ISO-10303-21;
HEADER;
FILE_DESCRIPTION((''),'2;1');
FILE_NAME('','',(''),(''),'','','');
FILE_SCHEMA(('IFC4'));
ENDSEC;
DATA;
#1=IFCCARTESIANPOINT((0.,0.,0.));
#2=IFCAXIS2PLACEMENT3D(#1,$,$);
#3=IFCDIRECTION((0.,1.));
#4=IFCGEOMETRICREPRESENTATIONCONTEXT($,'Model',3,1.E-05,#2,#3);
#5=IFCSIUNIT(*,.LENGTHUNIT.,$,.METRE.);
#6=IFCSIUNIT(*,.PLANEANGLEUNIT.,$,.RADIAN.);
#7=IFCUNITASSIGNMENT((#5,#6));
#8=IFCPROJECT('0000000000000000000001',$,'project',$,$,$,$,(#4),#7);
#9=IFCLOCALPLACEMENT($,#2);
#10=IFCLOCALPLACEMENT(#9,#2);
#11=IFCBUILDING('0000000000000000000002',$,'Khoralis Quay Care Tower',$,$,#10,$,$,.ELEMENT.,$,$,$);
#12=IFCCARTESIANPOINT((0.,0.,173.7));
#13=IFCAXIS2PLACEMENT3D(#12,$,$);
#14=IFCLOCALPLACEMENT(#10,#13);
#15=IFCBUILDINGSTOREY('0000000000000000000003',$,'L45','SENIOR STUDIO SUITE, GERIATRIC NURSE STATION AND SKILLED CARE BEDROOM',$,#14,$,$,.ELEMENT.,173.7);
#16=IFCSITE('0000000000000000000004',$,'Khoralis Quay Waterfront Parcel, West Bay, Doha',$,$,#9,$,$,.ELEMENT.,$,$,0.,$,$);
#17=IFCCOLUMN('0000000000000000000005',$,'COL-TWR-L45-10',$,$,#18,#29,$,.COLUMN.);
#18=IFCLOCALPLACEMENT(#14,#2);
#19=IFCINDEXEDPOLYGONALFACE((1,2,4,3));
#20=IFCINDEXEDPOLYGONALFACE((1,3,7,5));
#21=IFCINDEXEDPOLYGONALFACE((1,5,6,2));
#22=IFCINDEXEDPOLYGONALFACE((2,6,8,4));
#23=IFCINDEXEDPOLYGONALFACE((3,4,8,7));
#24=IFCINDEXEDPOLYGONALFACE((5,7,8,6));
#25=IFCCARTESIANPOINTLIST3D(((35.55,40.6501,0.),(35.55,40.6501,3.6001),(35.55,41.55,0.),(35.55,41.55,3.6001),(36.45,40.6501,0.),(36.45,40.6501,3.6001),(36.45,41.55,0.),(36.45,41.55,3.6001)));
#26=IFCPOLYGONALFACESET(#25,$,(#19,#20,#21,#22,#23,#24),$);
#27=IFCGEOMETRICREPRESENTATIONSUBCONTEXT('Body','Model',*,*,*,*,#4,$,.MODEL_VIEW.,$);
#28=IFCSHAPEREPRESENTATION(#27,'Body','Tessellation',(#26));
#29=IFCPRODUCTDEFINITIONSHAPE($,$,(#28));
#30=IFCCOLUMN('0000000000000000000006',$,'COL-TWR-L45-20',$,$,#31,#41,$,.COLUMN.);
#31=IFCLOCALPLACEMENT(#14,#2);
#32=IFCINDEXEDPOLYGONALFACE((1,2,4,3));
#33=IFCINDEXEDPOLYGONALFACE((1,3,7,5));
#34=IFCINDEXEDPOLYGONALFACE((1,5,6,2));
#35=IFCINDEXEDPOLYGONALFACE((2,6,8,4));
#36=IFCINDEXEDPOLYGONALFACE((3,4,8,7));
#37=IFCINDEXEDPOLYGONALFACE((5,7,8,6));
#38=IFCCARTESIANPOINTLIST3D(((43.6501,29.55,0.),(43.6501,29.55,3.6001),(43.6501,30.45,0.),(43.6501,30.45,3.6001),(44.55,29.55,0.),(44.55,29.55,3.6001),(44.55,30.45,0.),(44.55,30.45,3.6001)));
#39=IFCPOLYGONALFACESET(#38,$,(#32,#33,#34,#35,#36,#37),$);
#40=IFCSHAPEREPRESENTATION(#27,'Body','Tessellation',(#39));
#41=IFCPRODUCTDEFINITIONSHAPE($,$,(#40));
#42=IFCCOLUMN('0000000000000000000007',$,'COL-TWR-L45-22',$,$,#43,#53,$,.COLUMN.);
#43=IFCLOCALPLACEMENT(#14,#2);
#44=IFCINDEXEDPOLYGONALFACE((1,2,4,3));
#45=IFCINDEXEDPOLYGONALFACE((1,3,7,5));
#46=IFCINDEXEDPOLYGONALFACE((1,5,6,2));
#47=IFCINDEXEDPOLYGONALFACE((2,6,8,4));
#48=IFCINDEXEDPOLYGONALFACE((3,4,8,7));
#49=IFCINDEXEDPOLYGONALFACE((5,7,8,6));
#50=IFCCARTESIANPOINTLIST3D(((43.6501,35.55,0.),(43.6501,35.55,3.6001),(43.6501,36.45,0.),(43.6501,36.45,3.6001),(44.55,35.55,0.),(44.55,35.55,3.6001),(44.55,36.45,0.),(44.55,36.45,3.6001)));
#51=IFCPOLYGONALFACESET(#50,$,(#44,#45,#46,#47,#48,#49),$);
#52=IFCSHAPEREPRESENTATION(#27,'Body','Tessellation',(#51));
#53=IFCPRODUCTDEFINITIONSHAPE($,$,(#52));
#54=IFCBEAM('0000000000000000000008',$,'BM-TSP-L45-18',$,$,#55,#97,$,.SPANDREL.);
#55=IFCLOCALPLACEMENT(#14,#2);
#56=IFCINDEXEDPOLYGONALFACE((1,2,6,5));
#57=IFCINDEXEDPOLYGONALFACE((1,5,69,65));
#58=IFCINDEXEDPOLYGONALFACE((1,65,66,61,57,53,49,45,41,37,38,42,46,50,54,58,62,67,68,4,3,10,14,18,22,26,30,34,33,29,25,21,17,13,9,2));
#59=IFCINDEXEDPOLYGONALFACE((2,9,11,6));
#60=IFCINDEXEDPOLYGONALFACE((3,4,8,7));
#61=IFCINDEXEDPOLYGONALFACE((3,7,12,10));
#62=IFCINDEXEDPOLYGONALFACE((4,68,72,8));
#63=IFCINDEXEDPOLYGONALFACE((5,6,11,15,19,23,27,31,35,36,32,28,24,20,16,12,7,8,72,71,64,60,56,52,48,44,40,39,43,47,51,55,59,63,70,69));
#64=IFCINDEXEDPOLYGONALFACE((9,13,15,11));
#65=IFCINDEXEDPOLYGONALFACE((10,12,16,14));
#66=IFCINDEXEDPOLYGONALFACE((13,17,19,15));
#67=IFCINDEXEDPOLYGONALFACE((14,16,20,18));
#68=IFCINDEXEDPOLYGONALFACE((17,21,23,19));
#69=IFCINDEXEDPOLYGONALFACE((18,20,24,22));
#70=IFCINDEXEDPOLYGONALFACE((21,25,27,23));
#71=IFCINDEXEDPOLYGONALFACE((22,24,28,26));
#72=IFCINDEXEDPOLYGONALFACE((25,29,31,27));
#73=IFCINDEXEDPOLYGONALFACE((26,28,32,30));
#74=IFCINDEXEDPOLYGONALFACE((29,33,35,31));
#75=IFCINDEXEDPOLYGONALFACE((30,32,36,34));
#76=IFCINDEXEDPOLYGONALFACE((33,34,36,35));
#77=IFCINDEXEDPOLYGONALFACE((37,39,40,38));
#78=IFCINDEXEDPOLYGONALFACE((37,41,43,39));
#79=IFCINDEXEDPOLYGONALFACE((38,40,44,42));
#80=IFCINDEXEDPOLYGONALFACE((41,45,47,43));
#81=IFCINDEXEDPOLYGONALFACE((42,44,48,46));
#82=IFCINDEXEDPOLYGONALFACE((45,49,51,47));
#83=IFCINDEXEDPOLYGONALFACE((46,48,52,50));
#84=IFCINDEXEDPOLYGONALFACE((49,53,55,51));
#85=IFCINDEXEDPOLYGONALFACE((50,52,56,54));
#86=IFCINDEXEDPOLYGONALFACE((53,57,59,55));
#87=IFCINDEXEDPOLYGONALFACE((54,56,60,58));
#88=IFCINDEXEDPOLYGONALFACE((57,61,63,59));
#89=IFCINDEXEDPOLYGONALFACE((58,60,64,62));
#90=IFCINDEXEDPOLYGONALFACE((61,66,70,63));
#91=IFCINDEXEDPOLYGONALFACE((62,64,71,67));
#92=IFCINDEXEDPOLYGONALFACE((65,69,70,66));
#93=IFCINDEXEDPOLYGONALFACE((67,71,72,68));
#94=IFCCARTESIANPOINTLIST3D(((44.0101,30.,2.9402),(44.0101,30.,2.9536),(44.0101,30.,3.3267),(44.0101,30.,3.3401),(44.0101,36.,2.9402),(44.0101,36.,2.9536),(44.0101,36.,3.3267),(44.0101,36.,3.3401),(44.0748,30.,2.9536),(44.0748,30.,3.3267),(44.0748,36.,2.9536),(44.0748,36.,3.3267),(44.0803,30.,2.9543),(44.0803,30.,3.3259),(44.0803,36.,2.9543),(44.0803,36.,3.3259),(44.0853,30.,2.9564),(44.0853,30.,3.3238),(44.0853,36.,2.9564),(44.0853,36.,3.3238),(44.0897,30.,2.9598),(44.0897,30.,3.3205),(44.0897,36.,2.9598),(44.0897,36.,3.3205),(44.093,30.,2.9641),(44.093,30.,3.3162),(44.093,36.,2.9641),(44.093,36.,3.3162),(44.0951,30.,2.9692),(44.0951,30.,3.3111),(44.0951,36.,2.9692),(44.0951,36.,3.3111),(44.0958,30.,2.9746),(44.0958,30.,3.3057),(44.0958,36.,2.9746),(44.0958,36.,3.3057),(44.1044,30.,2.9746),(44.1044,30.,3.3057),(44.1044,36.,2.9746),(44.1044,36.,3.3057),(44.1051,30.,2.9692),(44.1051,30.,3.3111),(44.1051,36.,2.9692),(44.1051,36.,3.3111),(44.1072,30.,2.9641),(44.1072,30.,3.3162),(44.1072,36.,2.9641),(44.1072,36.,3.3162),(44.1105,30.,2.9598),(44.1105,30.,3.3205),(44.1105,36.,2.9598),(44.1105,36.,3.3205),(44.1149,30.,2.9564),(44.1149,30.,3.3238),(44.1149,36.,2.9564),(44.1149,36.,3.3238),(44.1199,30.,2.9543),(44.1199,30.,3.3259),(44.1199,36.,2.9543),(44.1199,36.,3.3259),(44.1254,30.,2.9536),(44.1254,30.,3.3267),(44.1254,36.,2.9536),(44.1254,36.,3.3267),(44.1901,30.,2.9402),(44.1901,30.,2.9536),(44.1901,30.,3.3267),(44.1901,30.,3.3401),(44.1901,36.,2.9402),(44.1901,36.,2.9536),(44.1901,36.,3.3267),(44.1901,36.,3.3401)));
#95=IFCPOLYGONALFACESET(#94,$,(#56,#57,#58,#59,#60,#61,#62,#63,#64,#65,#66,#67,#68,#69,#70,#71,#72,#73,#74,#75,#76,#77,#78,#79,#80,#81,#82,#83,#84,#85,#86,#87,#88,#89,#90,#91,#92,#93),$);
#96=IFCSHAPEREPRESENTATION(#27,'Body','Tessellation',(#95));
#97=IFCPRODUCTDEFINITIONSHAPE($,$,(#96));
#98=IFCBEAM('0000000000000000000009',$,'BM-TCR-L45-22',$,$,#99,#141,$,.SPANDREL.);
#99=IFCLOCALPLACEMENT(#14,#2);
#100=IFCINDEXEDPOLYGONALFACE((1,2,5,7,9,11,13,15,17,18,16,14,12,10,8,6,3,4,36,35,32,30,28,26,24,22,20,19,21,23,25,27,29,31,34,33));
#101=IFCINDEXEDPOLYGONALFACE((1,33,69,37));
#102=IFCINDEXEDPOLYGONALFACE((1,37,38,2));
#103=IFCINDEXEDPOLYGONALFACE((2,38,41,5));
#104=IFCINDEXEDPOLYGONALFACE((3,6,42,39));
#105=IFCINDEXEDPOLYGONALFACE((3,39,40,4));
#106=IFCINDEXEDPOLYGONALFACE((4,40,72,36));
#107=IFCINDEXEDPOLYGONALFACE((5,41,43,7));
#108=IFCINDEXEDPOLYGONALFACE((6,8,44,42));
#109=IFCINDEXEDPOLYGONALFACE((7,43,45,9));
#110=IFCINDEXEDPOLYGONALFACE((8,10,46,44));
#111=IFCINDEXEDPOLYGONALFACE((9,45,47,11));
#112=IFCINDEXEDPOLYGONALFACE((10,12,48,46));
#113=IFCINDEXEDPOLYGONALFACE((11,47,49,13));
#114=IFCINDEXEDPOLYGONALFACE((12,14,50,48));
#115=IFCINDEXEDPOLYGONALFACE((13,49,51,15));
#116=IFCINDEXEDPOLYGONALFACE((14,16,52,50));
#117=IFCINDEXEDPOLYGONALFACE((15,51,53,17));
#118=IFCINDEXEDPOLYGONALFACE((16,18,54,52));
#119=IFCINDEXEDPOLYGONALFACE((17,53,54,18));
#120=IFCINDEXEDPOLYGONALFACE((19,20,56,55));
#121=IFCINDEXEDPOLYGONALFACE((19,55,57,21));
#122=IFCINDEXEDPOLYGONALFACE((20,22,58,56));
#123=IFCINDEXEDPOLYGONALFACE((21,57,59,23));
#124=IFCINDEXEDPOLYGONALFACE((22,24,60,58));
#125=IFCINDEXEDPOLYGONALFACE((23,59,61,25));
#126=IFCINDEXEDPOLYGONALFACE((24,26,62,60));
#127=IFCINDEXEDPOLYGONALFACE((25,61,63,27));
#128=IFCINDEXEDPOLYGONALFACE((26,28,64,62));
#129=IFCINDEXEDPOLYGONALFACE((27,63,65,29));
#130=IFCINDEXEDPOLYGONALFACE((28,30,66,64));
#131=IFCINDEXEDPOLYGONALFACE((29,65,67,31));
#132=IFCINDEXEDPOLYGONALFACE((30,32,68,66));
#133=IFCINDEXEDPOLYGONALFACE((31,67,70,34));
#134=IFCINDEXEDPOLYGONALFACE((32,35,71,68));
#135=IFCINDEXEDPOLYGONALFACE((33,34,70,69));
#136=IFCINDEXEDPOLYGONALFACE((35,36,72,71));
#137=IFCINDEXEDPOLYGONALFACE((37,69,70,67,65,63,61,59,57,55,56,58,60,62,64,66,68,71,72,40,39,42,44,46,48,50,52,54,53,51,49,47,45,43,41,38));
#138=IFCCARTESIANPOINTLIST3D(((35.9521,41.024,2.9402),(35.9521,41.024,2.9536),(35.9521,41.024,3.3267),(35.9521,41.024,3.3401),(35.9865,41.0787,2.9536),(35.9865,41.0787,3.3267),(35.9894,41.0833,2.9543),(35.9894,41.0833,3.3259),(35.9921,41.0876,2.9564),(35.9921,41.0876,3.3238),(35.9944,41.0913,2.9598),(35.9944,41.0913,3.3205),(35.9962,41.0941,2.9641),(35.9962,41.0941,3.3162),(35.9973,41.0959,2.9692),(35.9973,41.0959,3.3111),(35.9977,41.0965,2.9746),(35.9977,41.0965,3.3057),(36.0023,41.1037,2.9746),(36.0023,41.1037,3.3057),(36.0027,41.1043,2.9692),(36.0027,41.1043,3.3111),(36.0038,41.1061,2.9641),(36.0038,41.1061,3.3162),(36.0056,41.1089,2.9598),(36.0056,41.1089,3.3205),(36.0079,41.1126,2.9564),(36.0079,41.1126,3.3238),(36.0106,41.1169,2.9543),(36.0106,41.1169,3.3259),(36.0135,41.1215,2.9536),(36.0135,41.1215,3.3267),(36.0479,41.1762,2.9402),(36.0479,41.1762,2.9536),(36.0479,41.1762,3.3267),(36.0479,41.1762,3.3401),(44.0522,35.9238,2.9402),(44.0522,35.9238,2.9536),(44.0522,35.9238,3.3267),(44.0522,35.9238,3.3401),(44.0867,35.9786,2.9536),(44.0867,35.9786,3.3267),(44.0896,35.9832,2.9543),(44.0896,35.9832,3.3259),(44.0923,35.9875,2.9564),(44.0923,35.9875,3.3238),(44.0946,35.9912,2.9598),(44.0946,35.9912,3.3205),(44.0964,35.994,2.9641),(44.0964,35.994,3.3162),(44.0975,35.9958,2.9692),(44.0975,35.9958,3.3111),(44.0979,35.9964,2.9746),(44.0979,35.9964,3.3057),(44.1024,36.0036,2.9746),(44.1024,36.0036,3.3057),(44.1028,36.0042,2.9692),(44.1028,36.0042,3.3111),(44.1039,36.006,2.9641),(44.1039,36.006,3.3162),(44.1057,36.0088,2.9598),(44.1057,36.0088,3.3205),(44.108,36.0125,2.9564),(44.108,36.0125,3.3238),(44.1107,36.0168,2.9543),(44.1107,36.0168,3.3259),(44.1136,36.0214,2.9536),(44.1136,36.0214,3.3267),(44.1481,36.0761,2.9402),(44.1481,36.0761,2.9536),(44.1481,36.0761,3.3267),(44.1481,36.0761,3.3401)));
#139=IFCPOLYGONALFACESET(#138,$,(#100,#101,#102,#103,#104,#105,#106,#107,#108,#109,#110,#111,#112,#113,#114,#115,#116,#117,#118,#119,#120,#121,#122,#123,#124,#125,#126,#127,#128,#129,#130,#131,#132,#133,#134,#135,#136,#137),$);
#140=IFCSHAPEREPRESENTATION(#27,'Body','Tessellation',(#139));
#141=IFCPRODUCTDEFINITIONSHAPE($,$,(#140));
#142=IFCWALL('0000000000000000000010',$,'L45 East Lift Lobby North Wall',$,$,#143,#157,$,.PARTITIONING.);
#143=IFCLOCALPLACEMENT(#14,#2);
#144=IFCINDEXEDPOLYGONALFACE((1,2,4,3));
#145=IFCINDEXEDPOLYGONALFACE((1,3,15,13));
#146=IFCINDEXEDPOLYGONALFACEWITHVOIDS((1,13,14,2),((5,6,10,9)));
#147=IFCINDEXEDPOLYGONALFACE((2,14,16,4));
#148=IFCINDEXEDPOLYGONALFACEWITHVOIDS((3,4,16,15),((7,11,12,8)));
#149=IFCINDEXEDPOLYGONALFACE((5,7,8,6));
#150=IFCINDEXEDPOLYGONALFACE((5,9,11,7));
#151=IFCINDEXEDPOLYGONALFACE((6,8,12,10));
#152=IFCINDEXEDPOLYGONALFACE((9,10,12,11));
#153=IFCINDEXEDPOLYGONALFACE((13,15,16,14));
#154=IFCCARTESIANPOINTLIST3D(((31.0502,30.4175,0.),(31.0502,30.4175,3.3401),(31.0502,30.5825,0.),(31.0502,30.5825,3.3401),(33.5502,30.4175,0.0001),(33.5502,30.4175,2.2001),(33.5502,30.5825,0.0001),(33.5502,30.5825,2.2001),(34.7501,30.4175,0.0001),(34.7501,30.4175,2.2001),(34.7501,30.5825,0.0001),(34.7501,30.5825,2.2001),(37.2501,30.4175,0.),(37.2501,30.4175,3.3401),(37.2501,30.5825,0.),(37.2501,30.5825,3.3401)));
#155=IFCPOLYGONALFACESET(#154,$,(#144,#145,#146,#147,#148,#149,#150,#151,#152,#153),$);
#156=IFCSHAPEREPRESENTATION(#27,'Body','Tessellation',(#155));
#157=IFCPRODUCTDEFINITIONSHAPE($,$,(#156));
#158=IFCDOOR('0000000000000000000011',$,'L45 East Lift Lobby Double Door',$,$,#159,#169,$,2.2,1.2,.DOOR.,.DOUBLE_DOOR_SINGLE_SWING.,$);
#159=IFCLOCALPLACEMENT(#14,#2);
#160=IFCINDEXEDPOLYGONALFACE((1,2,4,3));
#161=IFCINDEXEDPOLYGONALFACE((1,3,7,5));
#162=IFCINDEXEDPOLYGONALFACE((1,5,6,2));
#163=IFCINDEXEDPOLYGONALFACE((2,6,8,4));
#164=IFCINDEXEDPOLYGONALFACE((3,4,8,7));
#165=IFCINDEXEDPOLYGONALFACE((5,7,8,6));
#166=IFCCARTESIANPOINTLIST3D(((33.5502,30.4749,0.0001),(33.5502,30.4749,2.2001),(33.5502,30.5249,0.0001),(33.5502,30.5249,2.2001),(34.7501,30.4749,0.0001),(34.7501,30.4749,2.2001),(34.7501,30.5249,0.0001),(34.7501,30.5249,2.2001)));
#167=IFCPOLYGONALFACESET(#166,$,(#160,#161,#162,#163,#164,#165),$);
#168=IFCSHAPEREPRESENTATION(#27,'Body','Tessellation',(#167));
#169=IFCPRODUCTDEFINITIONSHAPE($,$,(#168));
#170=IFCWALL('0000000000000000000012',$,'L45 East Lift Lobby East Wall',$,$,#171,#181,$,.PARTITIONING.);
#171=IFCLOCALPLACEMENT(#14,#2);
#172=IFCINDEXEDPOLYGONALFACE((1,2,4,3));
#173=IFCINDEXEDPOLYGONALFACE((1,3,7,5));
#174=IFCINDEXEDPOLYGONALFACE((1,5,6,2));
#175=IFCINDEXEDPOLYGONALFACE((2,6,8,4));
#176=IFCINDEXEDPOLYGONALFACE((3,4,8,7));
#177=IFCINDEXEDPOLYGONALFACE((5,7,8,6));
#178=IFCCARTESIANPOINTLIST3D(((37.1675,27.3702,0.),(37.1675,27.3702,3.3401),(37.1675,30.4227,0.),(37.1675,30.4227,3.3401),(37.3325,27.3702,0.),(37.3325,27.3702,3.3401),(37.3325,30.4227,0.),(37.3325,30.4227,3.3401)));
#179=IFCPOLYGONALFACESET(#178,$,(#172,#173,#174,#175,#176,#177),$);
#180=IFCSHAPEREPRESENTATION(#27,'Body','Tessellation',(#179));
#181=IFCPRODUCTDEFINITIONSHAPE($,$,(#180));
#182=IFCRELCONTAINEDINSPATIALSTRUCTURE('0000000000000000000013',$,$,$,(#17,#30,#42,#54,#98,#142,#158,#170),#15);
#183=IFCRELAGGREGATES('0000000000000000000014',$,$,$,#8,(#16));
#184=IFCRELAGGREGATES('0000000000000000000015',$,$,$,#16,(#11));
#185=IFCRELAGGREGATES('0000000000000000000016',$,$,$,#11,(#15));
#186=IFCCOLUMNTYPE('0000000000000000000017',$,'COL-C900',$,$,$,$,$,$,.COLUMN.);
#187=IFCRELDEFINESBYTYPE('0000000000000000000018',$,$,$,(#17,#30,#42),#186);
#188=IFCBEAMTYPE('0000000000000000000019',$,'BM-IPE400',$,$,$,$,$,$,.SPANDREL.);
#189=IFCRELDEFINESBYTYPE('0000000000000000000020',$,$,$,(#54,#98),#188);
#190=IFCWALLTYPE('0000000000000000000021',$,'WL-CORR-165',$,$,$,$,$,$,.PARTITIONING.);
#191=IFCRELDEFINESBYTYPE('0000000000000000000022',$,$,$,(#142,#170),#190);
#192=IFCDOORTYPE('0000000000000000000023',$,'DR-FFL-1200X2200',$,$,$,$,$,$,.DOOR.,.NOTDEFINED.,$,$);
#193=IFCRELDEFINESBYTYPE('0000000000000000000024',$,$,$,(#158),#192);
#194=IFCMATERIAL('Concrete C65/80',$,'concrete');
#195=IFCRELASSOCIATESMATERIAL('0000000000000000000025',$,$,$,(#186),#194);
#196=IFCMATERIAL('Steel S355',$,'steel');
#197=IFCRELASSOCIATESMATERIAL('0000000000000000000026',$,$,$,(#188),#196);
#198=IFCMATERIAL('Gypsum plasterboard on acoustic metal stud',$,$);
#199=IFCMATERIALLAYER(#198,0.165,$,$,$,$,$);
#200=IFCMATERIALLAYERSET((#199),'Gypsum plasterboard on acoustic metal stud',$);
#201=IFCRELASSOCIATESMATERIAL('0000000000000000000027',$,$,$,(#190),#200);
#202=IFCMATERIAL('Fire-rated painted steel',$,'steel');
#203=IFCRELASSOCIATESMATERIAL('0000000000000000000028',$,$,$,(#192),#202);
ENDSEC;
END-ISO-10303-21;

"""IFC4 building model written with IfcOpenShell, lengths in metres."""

from ifc_helpers import new_model, si_unit, direction, frame, frame_2d, origin, origin_2d, place, context, subcontext, project, spatial, rectangle, i_section, extrude, source, transform, mapped, material, layer, layer_set, material_profile, profile_set, type_object, element, fill, save


model = new_model("IFC4")

# Units and contexts
model_context = context("Model", 3, precision=1e-05, world=origin(), true_north=direction((0.0, 1.0)))
body_context = subcontext(model_context, "Body", "Model", "MODEL_VIEW")
ifc_project = project(units=[si_unit("LENGTHUNIT", "METRE"), si_unit("PLANEANGLEUNIT", "RADIAN")], contexts=[model_context])

# Site, building, storey
site_placement = place(None, origin())
site = spatial("IfcSite", under=ifc_project, at=site_placement, Name="Khoralis Quay Waterfront Parcel, West Bay, Doha", CompositionType="ELEMENT", RefElevation=0.0)
building_placement = place(site_placement, origin())
building = spatial("IfcBuilding", under=site, at=building_placement, Name="Khoralis Quay Care Tower", CompositionType="ELEMENT")
storey_placement = place(building_placement, frame((0.0, 0.0, 173.7)))
storey = spatial("IfcBuildingStorey", under=building, at=storey_placement, Name="L45", Description="SENIOR STUDIO SUITE, GERIATRIC NURSE STATION AND SKILLED CARE BEDROOM", CompositionType="ELEMENT", Elevation=173.7)

# Columns
ifc_material_1 = material(Name="Concrete C65/80", Category="concrete")
ifc_material_profile_1 = material_profile(ifc_material_1, rectangle(XDim=0.8999, YDim=0.8999, at=origin_2d()), Name="Concrete C65/80")
ifc_profile_set_1 = profile_set([ifc_material_profile_1], Name="Concrete C65/80")
column_type = type_object("IfcColumnType", Name="COL-C900", PredefinedType="COLUMN", material=ifc_profile_set_1)
shared_shape_1 = source(origin(), body_context, "Body", "SweptSolid", [
    extrude(rectangle(XDim=0.8999, YDim=0.8999, at=origin_2d()), origin(), (0.0, 0.0, 1.0), 3.6001),
])
for number, where, z_axis, x_axis, name in (
    (1, (36.0, 41.1001, 0.0), (0.0, 0.0, 1.0), (1.0, 0.0, 0.0), "COL-TWR-L45-10"),
    (2, (44.1001, 30.0, 0.0), (0.0, 0.0, 1.0), (1.0, 0.0, 0.0), "COL-TWR-L45-20"),
    (3, (44.1001, 36.0, 0.0), (0.0, 0.0, 1.0), (1.0, 0.0, 0.0), "COL-TWR-L45-22"),
):
    element("IfcColumn", number, at=place(storey_placement, frame(where, z_axis=z_axis, x_axis=x_axis)), inside=storey, type_object=column_type, Name=name, PredefinedType="COLUMN", context=body_context, shape_type="MappedRepresentation", body=[
        mapped(shared_shape_1, transform((0.0, 0.0, 0.0), scale=1.0)),
    ])

# Beams
ifc_material_2 = material(Name="Steel S355", Category="steel")
ifc_material_profile_2 = material_profile(ifc_material_2, i_section(OverallWidth=0.1799, OverallDepth=0.3999, WebThickness=0.0085, FlangeThickness=0.0134, FilletRadius=0.021, at=origin_2d()), Name="Steel S355")
ifc_profile_set_2 = profile_set([ifc_material_profile_2], Name="Steel S355")
beam_type = type_object("IfcBeamType", Name="BM-IPE400", PredefinedType="SPANDREL", material=ifc_profile_set_2)
shared_shape_2 = source(origin(), body_context, "Body", "SweptSolid", [
    extrude(i_section(OverallWidth=0.1799, OverallDepth=0.3999, WebThickness=0.0085, FlangeThickness=0.0134, FilletRadius=0.021, at=origin_2d()), origin(), (0.0, 0.0, 1.0), 6.0),
])
beam_1_placement = place(storey_placement, frame((44.1001, 30.0, 3.1401), z_axis=(0.0, 1.0, 0.0), x_axis=(-1.0, 0.0, 0.0)))
element("IfcBeam", 4, at=beam_1_placement, inside=storey, type_object=beam_type, Name="BM-TSP-L45-18", PredefinedType="SPANDREL", context=body_context, shape_type="MappedRepresentation", body=[
    mapped(shared_shape_2, transform((0.0, 0.0, 0.0), scale=1.0)),
])
shared_shape_3 = source(origin(), body_context, "Body", "SweptSolid", [
    extrude(i_section(OverallWidth=0.1799, OverallDepth=0.3999, WebThickness=0.0085, FlangeThickness=0.0134, FilletRadius=0.021, at=origin_2d()), origin(), (0.0, 0.0, 1.0), 9.572),
])
beam_2_placement = place(storey_placement, frame((36.0, 41.1001, 3.1401), z_axis=(0.846231, -0.532816, 0.0), x_axis=(0.532816, 0.846231, 0.0)))
element("IfcBeam", 5, at=beam_2_placement, inside=storey, type_object=beam_type, Name="BM-TCR-L45-22", PredefinedType="SPANDREL", context=body_context, shape_type="MappedRepresentation", body=[
    mapped(shared_shape_3, transform((0.0, 0.0, 0.0), scale=1.0)),
])

# Wall, opening, door
ifc_material_3 = material(Name="Gypsum plasterboard on acoustic metal stud")
ifc_layer_1 = layer(ifc_material_3, 0.165)
ifc_layer_set_1 = layer_set([ifc_layer_1], Name="Gypsum plasterboard on acoustic metal stud")
wall_type_1 = type_object("IfcWallType", Name="WL-CORR-165", PredefinedType="PARTITIONING", material=ifc_layer_set_1)
wall_1_placement = place(storey_placement, frame((31.05, 30.5, 0.0), z_axis=(0.0, 0.0, 1.0), x_axis=(1.0, 0.0, 0.0)))
wall_1 = element("IfcWall", 6, at=wall_1_placement, inside=storey, type_object=wall_type_1, Name="L45 East Lift Lobby North Wall", PredefinedType="PARTITIONING", context=body_context, shape_type="SweptSolid", body=[
    extrude(rectangle(XDim=6.2, YDim=0.165, at=frame_2d((3.1001, 0.0))), origin(), (0.0, 0.0, 1.0), 3.3401),
])
opening_1_placement = place(wall_1_placement, frame((2.5, 0.0, 0.0)))
opening_1 = element("IfcOpeningElement", 7, at=opening_1_placement, cuts=wall_1, PredefinedType="OPENING", context=body_context, shape_type="SweptSolid", body=[
    extrude(rectangle(XDim=1.2, YDim=2.2, at=frame_2d((0.6001, 1.1001))), frame((0.0, 0.0925, 0.0), z_axis=(0.0, -1.0, 0.0), x_axis=(1.0, 0.0, 0.0)), (0.0, 0.0, 1.0), 0.1851),
])
ifc_material_4 = material(Name="Fire-rated painted steel", Category="steel")
door_type = type_object("IfcDoorType", Name="DR-FFL-1200X2200", OperationType="NOTDEFINED", PredefinedType="DOOR", material=ifc_material_4)
shared_shape_4 = source(origin(), body_context, "Body", "SweptSolid", [
    extrude(rectangle(XDim=1.2, YDim=2.2, at=frame_2d((0.6001, 1.1001))), frame((0.0, 0.0249, 0.0), z_axis=(0.0, -1.0, 0.0), x_axis=(1.0, 0.0, 0.0)), (0.0, 0.0, 1.0), 0.05),
])
door_placement = place(opening_1_placement, origin())
door = element("IfcDoor", 8, at=door_placement, inside=storey, type_object=door_type, Name="L45 East Lift Lobby Double Door", OperationType="DOUBLE_DOOR_SINGLE_SWING", OverallHeight=2.2, OverallWidth=1.2, PredefinedType="DOOR", context=body_context, shape_type="MappedRepresentation", body=[
    mapped(shared_shape_4, transform((0.0, 0.0, 0.0), scale=1.0)),
])
fill(opening_1, door)

# Wall
wall_2_placement = place(storey_placement, frame((37.25, 27.3701, 0.0), z_axis=(0.0, 0.0, 1.0), x_axis=(0.0, 1.0, 0.0)))
element("IfcWall", 9, at=wall_2_placement, inside=storey, type_object=wall_type_1, Name="L45 East Lift Lobby East Wall", PredefinedType="PARTITIONING", context=body_context, shape_type="SweptSolid", body=[
    extrude(rectangle(XDim=3.0525, YDim=0.165, at=frame_2d((1.5264, 0.0))), origin(), (0.0, 0.0, 1.0), 3.3401),
])

save(model, "model.ifc")
